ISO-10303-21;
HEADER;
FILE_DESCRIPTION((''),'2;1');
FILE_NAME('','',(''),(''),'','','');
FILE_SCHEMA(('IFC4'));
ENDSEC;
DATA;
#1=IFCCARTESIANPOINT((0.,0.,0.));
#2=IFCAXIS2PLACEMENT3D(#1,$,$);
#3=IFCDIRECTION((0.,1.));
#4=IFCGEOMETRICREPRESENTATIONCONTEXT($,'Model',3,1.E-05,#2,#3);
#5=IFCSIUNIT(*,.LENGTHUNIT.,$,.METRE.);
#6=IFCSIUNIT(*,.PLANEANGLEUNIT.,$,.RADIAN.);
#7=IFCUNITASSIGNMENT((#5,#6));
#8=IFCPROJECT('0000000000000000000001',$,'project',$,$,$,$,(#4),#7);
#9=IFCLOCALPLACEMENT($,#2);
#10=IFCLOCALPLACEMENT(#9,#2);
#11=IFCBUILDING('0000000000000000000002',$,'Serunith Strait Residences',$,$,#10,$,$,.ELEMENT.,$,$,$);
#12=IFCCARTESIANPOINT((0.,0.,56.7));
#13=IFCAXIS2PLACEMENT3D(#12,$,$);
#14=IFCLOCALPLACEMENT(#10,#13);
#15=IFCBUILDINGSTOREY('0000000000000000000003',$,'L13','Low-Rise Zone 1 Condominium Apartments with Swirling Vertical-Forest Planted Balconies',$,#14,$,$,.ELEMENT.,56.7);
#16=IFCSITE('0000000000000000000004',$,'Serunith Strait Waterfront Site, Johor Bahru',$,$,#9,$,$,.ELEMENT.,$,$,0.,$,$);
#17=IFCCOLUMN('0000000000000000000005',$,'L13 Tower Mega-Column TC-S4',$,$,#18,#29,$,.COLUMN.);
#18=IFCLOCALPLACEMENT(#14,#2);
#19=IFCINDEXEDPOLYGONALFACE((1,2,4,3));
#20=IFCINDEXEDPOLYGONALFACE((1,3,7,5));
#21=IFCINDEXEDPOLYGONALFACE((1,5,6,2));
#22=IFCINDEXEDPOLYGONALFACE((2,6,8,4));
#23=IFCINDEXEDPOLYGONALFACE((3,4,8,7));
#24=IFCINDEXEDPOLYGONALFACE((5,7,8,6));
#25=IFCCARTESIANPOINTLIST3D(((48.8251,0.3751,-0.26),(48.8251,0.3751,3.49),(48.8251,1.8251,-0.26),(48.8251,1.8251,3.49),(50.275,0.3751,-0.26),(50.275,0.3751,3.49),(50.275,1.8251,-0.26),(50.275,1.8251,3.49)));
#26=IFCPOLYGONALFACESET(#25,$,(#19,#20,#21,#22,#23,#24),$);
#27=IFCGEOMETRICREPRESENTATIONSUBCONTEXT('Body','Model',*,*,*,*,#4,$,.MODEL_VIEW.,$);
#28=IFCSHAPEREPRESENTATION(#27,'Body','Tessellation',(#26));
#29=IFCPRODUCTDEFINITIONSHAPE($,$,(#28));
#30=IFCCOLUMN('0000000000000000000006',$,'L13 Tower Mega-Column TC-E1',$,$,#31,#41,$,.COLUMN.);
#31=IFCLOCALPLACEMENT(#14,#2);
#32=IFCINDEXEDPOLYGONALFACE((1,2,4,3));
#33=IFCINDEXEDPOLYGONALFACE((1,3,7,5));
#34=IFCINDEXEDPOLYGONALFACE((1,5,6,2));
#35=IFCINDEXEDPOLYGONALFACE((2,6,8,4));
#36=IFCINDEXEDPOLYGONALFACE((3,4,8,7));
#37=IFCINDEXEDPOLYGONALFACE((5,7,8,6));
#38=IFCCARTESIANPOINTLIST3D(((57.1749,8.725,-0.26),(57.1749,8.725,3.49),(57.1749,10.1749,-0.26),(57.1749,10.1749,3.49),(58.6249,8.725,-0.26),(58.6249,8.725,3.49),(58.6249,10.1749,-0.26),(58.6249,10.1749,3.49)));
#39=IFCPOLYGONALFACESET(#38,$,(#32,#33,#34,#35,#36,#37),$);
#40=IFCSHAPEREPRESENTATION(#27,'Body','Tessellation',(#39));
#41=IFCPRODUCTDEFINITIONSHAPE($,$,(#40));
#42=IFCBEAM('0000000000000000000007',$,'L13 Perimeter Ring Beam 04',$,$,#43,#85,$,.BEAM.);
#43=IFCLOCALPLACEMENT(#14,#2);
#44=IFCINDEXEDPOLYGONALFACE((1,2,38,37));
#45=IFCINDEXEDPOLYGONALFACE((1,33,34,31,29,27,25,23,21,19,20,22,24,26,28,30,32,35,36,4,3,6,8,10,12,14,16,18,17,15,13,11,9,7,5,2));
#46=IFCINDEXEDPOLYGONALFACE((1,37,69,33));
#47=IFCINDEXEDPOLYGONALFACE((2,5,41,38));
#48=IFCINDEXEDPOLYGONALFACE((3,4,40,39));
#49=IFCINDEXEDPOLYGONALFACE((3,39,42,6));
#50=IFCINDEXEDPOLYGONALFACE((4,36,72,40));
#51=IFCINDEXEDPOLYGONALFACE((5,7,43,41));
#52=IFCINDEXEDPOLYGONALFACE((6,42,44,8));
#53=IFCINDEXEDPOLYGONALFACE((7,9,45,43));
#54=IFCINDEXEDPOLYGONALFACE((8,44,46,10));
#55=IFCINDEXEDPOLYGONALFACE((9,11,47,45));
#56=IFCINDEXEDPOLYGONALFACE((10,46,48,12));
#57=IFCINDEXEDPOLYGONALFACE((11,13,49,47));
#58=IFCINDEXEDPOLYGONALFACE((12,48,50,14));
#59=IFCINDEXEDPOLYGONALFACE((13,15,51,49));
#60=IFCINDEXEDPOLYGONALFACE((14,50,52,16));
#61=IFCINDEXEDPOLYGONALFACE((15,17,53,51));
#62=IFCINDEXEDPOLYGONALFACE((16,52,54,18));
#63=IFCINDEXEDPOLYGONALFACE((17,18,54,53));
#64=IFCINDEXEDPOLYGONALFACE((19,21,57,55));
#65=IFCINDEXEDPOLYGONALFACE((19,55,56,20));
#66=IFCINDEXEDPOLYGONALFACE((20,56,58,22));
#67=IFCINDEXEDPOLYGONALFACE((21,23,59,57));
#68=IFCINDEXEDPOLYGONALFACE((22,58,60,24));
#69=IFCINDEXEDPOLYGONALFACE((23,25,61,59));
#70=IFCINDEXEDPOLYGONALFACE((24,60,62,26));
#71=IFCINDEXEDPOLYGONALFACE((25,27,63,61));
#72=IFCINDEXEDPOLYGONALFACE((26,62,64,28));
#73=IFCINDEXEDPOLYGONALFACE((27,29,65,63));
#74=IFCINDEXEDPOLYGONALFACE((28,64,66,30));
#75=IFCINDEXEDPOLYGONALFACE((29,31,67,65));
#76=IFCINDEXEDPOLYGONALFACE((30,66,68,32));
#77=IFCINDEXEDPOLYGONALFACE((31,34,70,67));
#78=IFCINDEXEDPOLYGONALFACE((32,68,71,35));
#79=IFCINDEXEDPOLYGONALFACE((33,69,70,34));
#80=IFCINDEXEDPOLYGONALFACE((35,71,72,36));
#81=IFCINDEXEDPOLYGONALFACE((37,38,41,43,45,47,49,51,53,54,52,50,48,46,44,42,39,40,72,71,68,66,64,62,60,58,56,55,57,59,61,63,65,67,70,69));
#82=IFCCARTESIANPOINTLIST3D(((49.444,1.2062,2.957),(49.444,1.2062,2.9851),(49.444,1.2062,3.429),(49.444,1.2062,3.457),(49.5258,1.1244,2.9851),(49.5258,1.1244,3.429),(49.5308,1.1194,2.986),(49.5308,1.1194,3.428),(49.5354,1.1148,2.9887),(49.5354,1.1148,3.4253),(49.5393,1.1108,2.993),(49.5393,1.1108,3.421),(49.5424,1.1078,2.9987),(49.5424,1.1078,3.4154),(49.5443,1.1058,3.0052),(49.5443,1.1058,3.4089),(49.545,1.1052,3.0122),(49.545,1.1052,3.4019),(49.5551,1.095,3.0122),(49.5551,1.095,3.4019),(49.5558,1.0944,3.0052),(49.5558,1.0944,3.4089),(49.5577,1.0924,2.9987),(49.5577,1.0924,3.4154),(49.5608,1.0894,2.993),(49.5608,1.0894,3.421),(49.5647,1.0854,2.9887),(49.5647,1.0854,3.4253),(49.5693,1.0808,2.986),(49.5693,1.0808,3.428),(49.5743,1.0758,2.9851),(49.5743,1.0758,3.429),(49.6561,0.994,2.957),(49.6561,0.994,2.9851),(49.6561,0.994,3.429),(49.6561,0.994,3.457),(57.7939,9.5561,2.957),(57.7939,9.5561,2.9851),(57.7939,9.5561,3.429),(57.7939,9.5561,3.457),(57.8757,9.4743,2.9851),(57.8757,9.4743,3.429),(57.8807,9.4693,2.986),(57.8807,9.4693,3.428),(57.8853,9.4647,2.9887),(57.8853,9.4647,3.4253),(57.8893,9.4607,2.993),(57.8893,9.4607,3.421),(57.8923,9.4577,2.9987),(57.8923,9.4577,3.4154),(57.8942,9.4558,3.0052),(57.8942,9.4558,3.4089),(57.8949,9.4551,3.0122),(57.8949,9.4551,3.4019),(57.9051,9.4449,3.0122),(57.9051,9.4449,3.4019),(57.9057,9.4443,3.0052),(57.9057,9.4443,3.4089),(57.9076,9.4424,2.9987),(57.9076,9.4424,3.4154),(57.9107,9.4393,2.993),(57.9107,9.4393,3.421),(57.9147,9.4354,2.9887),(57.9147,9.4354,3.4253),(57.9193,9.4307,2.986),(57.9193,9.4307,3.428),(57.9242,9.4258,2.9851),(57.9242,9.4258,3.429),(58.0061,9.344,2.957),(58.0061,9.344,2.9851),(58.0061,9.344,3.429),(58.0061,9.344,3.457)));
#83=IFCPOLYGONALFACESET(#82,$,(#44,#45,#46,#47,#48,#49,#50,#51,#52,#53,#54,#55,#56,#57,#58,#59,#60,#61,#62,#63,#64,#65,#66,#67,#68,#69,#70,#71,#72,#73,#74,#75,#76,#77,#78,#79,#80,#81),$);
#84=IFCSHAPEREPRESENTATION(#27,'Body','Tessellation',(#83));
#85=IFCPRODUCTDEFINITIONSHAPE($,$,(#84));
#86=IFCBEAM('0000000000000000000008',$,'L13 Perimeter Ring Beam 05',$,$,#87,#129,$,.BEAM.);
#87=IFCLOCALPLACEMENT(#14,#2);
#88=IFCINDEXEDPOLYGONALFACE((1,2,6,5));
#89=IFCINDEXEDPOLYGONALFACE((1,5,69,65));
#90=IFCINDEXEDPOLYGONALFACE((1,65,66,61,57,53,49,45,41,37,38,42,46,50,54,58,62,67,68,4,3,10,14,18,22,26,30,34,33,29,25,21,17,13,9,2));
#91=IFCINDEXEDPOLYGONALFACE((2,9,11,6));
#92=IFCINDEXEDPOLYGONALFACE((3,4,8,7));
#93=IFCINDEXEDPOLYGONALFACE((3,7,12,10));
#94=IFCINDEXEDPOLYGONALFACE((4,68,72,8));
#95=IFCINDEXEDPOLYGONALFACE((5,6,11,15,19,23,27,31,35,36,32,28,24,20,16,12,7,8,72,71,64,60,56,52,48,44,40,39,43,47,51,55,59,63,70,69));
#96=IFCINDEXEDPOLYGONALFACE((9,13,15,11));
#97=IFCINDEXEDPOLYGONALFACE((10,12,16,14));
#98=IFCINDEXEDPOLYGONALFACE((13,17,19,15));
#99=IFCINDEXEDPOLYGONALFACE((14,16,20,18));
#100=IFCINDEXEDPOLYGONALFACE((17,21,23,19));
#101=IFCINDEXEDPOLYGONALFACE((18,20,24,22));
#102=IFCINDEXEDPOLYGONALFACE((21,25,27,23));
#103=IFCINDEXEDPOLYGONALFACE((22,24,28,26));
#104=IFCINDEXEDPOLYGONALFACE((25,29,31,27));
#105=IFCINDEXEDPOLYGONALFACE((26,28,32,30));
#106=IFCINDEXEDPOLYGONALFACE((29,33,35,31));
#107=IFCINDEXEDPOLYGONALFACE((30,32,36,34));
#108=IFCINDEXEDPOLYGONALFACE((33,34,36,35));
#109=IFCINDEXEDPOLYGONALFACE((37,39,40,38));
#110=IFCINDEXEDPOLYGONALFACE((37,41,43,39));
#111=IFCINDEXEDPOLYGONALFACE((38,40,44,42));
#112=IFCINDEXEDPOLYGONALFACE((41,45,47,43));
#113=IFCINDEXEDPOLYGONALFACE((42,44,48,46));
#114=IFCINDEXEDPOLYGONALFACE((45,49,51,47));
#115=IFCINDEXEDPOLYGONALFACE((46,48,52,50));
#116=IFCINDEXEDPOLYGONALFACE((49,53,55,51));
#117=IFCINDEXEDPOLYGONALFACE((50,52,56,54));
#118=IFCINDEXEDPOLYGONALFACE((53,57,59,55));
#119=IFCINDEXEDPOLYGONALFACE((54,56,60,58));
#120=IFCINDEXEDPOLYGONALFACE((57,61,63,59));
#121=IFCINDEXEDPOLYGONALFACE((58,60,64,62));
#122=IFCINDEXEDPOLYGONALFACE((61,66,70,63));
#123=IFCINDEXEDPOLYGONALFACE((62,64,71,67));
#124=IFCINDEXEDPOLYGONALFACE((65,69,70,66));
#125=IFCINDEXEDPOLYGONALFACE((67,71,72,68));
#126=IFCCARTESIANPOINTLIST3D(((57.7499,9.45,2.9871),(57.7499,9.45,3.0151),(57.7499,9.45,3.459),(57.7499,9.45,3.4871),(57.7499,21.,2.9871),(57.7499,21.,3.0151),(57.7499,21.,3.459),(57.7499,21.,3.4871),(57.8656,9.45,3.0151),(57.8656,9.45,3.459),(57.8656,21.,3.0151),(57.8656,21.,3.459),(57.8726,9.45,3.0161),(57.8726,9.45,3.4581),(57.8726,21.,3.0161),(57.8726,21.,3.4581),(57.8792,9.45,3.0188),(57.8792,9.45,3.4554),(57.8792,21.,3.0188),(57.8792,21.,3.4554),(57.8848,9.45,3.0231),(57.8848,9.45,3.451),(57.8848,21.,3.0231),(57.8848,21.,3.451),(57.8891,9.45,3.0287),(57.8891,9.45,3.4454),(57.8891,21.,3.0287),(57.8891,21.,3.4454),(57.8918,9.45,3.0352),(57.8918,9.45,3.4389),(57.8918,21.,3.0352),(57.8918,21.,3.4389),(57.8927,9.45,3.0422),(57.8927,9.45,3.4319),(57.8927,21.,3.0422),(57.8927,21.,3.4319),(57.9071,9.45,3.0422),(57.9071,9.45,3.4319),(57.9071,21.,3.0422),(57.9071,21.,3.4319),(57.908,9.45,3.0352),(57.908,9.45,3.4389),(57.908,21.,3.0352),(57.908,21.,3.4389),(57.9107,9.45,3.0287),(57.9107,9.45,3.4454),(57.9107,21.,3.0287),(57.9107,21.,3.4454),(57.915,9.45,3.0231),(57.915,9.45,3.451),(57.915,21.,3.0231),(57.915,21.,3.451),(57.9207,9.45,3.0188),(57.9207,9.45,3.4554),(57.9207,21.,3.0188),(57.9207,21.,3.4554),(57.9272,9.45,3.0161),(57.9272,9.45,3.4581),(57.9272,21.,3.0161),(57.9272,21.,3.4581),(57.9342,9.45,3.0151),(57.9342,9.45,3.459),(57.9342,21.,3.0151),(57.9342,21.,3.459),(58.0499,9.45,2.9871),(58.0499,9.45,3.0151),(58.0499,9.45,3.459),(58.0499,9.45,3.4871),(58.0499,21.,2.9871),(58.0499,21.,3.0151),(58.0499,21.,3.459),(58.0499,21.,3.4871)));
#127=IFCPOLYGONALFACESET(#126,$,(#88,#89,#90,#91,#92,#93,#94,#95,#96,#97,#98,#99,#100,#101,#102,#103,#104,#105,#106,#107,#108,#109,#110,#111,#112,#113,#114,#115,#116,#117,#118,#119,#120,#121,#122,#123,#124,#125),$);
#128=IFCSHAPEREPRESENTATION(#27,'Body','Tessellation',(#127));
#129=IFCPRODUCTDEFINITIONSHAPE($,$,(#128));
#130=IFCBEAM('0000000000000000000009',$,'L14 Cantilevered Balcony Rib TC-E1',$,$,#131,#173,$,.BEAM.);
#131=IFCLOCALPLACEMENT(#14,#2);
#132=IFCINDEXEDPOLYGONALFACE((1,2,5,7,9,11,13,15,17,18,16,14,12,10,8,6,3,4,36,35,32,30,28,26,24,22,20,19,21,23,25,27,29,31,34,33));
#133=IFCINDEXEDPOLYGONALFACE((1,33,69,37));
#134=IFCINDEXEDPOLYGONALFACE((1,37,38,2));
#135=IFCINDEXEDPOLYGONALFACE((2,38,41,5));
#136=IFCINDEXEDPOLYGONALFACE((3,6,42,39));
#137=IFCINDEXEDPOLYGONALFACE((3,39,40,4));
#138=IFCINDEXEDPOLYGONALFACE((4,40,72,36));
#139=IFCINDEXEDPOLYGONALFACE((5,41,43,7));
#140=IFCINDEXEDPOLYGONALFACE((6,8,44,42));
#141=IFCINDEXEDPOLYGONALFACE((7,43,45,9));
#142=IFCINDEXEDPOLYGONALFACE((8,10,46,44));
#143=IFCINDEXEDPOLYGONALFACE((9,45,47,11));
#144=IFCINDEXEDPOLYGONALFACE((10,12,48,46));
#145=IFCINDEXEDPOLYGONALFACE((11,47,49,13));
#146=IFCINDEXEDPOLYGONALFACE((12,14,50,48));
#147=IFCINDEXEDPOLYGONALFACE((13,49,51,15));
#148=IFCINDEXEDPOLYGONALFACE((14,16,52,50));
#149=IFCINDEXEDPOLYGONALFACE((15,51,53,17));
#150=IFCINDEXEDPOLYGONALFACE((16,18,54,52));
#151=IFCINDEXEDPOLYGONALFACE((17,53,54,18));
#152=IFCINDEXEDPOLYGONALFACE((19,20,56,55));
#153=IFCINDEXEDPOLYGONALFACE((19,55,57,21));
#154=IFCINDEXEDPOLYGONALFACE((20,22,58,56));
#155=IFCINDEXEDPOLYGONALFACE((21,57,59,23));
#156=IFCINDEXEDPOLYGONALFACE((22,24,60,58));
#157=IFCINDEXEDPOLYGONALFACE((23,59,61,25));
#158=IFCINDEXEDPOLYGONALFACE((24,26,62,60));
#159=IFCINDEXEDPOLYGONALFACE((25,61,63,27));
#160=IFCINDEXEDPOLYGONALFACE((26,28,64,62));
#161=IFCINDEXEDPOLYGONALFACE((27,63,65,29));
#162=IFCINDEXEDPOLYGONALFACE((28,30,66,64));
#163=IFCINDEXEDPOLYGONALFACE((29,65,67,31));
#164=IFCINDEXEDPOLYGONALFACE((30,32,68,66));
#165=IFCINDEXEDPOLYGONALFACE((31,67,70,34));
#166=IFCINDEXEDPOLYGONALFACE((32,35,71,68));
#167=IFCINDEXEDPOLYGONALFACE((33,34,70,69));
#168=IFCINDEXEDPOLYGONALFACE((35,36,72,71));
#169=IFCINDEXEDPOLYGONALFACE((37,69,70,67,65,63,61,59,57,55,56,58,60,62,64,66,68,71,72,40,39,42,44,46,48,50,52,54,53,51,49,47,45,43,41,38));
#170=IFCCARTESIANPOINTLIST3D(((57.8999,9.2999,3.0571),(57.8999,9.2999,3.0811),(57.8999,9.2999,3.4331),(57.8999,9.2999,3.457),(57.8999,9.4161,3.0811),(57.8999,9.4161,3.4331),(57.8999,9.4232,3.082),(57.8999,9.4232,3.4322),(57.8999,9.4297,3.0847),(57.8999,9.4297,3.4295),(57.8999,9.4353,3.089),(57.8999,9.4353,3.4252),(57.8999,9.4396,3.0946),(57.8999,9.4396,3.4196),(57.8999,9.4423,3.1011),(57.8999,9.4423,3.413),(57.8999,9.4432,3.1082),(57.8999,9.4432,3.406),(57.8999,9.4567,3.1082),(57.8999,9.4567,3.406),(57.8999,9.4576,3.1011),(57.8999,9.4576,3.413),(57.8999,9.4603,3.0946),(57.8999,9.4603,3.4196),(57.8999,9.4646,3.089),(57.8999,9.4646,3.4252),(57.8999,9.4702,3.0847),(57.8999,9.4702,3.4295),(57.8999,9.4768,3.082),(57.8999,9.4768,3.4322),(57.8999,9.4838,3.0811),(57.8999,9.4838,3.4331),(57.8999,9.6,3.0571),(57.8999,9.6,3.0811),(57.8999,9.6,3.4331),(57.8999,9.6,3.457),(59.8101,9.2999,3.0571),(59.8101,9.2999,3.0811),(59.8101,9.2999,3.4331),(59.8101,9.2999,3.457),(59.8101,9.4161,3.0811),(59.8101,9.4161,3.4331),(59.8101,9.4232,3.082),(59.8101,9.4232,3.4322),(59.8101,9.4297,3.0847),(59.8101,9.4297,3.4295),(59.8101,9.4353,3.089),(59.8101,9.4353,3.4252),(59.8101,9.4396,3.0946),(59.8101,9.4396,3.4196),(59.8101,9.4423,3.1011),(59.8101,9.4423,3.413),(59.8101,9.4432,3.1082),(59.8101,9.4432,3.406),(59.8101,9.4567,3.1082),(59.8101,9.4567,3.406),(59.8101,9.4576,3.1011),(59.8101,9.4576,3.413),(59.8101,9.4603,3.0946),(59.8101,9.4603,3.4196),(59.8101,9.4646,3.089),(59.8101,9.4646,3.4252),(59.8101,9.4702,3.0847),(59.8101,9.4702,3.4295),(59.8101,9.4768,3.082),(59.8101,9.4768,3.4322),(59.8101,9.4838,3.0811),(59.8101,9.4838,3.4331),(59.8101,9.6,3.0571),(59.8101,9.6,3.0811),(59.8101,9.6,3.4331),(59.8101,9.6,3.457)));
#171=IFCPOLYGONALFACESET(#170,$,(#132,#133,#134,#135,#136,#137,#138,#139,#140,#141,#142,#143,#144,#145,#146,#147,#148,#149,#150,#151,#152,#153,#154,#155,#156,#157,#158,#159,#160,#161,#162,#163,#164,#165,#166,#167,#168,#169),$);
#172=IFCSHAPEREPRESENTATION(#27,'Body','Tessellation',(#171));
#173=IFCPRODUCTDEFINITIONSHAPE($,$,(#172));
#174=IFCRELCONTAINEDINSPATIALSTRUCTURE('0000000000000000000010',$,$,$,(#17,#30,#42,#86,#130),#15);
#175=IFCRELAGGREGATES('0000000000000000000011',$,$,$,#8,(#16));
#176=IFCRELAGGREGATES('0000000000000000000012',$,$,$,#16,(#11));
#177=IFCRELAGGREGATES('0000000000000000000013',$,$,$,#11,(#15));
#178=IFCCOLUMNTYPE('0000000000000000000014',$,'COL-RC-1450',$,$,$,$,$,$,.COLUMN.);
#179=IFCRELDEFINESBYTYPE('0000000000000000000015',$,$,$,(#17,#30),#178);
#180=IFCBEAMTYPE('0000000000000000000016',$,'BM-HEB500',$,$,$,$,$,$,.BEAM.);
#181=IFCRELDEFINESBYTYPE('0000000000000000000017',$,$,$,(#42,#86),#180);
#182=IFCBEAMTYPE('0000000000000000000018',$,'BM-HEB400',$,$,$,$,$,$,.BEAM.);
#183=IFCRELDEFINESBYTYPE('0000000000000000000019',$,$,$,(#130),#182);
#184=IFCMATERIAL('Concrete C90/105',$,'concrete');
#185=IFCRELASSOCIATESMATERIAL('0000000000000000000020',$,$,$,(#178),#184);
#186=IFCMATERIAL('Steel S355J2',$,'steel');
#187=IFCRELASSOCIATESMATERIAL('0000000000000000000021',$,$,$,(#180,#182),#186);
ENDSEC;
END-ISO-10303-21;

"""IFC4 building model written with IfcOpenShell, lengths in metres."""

from ifc_helpers import new_model, si_unit, direction, frame, origin, origin_2d, place, context, subcontext, project, spatial, rectangle, i_section, extrude, source, transform, mapped, material, material_profile, profile_set, type_object, element, save


model = new_model("IFC4")

# Units and contexts
model_context = context("Model", 3, precision=1e-05, world=origin(), true_north=direction((0.0, 1.0)))
body_context = subcontext(model_context, "Body", "Model", "MODEL_VIEW")
ifc_project = project(units=[si_unit("LENGTHUNIT", "METRE"), si_unit("PLANEANGLEUNIT", "RADIAN")], contexts=[model_context])

# Site, building, storey
site_placement = place(None, origin())
site = spatial("IfcSite", under=ifc_project, at=site_placement, Name="Serunith Strait Waterfront Site, Johor Bahru", CompositionType="ELEMENT", RefElevation=0.0)
building_placement = place(site_placement, origin())
building = spatial("IfcBuilding", under=site, at=building_placement, Name="Serunith Strait Residences", CompositionType="ELEMENT")
storey_placement = place(building_placement, frame((0.0, 0.0, 56.7)))
storey = spatial("IfcBuildingStorey", under=building, at=storey_placement, Name="L13", Description="Low-Rise Zone 1 Condominium Apartments with Swirling Vertical-Forest Planted Balconies", CompositionType="ELEMENT", Elevation=56.7)

# Columns
ifc_material_1 = material(Name="Concrete C90/105", Category="concrete")
ifc_material_profile_1 = material_profile(ifc_material_1, rectangle(XDim=1.45, YDim=1.45, at=origin_2d()), Name="RC 1450x1450")
ifc_profile_set_1 = profile_set([ifc_material_profile_1], Name="Concrete C90/105")
column_type = type_object("IfcColumnType", Name="COL-RC-1450", PredefinedType="COLUMN", material=ifc_profile_set_1)
shared_shape_1 = source(origin(), body_context, "Body", "SweptSolid", [
    extrude(rectangle(XDim=1.45, YDim=1.45, at=origin_2d()), origin(), (0.0, 0.0, 1.0), 3.75),
])
for number, where, z_axis, x_axis, name in (
    (1, (49.55, 1.1001, -0.26), (0.0, 0.0, 1.0), (1.0, 0.0, 0.0), "L13 Tower Mega-Column TC-S4"),
    (2, (57.8999, 9.45, -0.26), (0.0, 0.0, 1.0), (1.0, 0.0, 0.0), "L13 Tower Mega-Column TC-E1"),
):
    element("IfcColumn", number, at=place(storey_placement, frame(where, z_axis=z_axis, x_axis=x_axis)), inside=storey, type_object=column_type, Name=name, PredefinedType="COLUMN", context=body_context, shape_type="MappedRepresentation", body=[
        mapped(shared_shape_1, transform((0.0, 0.0, 0.0), scale=1.0)),
    ])

# Beams
ifc_material_2 = material(Name="Steel S355J2", Category="steel")
ifc_material_profile_2 = material_profile(ifc_material_2, i_section(OverallWidth=0.3, OverallDepth=0.5, WebThickness=0.0144, FlangeThickness=0.0281, FilletRadius=0.0271, at=origin_2d()), Name="HEB 500")
ifc_profile_set_2 = profile_set([ifc_material_profile_2], Name="Steel S355J2")
beam_type_1 = type_object("IfcBeamType", Name="BM-HEB500", PredefinedType="BEAM", material=ifc_profile_set_2)
shared_shape_2 = source(origin(), body_context, "Body", "SweptSolid", [
    extrude(i_section(OverallWidth=0.3, OverallDepth=0.5, WebThickness=0.0144, FlangeThickness=0.0281, FilletRadius=0.0271, at=origin_2d()), origin(), (0.0, 0.0, 1.0), 11.8086),
])
beam_1_placement = place(storey_placement, frame((49.55, 1.1001, 3.207), z_axis=(0.707107, 0.707107, 0.0), x_axis=(-0.707107, 0.707107, 0.0)))
element("IfcBeam", 3, at=beam_1_placement, inside=storey, type_object=beam_type_1, Name="L13 Perimeter Ring Beam 04", PredefinedType="BEAM", context=body_context, shape_type="MappedRepresentation", body=[
    mapped(shared_shape_2, transform((0.0, 0.0, 0.0), scale=1.0)),
])
shared_shape_3 = source(origin(), body_context, "Body", "SweptSolid", [
    extrude(i_section(OverallWidth=0.3, OverallDepth=0.5, WebThickness=0.0144, FlangeThickness=0.0281, FilletRadius=0.0271, at=origin_2d()), origin(), (0.0, 0.0, 1.0), 11.55),
])
beam_2_placement = place(storey_placement, frame((57.8999, 9.45, 3.2371), z_axis=(0.0, 1.0, 0.0), x_axis=(-1.0, 0.0, 0.0)))
element("IfcBeam", 4, at=beam_2_placement, inside=storey, type_object=beam_type_1, Name="L13 Perimeter Ring Beam 05", PredefinedType="BEAM", context=body_context, shape_type="MappedRepresentation", body=[
    mapped(shared_shape_3, transform((0.0, 0.0, 0.0), scale=1.0)),
])
ifc_material_profile_3 = material_profile(ifc_material_2, i_section(OverallWidth=0.3, OverallDepth=0.3999, WebThickness=0.0134, FlangeThickness=0.0239, FilletRadius=0.0271, at=origin_2d()), Name="HEB 400")
ifc_profile_set_3 = profile_set([ifc_material_profile_3], Name="Steel S355J2")
beam_type_2 = type_object("IfcBeamType", Name="BM-HEB400", PredefinedType="BEAM", material=ifc_profile_set_3)
shared_shape_4 = source(origin(), body_context, "Body", "SweptSolid", [
    extrude(i_section(OverallWidth=0.3, OverallDepth=0.3999, WebThickness=0.0134, FlangeThickness=0.0239, FilletRadius=0.0271, at=origin_2d()), origin(), (0.0, 0.0, 1.0), 1.9102),
])
beam_3_placement = place(storey_placement, frame((57.8999, 9.45, 3.2571), z_axis=(1.0, 0.0, 0.0), x_axis=(0.0, 1.0, 0.0)))
element("IfcBeam", 5, at=beam_3_placement, inside=storey, type_object=beam_type_2, Name="L14 Cantilevered Balcony Rib TC-E1", PredefinedType="BEAM", context=body_context, shape_type="MappedRepresentation", body=[
    mapped(shared_shape_4, transform((0.0, 0.0, 0.0), scale=1.0)),
])

save(model, "model.ifc")
